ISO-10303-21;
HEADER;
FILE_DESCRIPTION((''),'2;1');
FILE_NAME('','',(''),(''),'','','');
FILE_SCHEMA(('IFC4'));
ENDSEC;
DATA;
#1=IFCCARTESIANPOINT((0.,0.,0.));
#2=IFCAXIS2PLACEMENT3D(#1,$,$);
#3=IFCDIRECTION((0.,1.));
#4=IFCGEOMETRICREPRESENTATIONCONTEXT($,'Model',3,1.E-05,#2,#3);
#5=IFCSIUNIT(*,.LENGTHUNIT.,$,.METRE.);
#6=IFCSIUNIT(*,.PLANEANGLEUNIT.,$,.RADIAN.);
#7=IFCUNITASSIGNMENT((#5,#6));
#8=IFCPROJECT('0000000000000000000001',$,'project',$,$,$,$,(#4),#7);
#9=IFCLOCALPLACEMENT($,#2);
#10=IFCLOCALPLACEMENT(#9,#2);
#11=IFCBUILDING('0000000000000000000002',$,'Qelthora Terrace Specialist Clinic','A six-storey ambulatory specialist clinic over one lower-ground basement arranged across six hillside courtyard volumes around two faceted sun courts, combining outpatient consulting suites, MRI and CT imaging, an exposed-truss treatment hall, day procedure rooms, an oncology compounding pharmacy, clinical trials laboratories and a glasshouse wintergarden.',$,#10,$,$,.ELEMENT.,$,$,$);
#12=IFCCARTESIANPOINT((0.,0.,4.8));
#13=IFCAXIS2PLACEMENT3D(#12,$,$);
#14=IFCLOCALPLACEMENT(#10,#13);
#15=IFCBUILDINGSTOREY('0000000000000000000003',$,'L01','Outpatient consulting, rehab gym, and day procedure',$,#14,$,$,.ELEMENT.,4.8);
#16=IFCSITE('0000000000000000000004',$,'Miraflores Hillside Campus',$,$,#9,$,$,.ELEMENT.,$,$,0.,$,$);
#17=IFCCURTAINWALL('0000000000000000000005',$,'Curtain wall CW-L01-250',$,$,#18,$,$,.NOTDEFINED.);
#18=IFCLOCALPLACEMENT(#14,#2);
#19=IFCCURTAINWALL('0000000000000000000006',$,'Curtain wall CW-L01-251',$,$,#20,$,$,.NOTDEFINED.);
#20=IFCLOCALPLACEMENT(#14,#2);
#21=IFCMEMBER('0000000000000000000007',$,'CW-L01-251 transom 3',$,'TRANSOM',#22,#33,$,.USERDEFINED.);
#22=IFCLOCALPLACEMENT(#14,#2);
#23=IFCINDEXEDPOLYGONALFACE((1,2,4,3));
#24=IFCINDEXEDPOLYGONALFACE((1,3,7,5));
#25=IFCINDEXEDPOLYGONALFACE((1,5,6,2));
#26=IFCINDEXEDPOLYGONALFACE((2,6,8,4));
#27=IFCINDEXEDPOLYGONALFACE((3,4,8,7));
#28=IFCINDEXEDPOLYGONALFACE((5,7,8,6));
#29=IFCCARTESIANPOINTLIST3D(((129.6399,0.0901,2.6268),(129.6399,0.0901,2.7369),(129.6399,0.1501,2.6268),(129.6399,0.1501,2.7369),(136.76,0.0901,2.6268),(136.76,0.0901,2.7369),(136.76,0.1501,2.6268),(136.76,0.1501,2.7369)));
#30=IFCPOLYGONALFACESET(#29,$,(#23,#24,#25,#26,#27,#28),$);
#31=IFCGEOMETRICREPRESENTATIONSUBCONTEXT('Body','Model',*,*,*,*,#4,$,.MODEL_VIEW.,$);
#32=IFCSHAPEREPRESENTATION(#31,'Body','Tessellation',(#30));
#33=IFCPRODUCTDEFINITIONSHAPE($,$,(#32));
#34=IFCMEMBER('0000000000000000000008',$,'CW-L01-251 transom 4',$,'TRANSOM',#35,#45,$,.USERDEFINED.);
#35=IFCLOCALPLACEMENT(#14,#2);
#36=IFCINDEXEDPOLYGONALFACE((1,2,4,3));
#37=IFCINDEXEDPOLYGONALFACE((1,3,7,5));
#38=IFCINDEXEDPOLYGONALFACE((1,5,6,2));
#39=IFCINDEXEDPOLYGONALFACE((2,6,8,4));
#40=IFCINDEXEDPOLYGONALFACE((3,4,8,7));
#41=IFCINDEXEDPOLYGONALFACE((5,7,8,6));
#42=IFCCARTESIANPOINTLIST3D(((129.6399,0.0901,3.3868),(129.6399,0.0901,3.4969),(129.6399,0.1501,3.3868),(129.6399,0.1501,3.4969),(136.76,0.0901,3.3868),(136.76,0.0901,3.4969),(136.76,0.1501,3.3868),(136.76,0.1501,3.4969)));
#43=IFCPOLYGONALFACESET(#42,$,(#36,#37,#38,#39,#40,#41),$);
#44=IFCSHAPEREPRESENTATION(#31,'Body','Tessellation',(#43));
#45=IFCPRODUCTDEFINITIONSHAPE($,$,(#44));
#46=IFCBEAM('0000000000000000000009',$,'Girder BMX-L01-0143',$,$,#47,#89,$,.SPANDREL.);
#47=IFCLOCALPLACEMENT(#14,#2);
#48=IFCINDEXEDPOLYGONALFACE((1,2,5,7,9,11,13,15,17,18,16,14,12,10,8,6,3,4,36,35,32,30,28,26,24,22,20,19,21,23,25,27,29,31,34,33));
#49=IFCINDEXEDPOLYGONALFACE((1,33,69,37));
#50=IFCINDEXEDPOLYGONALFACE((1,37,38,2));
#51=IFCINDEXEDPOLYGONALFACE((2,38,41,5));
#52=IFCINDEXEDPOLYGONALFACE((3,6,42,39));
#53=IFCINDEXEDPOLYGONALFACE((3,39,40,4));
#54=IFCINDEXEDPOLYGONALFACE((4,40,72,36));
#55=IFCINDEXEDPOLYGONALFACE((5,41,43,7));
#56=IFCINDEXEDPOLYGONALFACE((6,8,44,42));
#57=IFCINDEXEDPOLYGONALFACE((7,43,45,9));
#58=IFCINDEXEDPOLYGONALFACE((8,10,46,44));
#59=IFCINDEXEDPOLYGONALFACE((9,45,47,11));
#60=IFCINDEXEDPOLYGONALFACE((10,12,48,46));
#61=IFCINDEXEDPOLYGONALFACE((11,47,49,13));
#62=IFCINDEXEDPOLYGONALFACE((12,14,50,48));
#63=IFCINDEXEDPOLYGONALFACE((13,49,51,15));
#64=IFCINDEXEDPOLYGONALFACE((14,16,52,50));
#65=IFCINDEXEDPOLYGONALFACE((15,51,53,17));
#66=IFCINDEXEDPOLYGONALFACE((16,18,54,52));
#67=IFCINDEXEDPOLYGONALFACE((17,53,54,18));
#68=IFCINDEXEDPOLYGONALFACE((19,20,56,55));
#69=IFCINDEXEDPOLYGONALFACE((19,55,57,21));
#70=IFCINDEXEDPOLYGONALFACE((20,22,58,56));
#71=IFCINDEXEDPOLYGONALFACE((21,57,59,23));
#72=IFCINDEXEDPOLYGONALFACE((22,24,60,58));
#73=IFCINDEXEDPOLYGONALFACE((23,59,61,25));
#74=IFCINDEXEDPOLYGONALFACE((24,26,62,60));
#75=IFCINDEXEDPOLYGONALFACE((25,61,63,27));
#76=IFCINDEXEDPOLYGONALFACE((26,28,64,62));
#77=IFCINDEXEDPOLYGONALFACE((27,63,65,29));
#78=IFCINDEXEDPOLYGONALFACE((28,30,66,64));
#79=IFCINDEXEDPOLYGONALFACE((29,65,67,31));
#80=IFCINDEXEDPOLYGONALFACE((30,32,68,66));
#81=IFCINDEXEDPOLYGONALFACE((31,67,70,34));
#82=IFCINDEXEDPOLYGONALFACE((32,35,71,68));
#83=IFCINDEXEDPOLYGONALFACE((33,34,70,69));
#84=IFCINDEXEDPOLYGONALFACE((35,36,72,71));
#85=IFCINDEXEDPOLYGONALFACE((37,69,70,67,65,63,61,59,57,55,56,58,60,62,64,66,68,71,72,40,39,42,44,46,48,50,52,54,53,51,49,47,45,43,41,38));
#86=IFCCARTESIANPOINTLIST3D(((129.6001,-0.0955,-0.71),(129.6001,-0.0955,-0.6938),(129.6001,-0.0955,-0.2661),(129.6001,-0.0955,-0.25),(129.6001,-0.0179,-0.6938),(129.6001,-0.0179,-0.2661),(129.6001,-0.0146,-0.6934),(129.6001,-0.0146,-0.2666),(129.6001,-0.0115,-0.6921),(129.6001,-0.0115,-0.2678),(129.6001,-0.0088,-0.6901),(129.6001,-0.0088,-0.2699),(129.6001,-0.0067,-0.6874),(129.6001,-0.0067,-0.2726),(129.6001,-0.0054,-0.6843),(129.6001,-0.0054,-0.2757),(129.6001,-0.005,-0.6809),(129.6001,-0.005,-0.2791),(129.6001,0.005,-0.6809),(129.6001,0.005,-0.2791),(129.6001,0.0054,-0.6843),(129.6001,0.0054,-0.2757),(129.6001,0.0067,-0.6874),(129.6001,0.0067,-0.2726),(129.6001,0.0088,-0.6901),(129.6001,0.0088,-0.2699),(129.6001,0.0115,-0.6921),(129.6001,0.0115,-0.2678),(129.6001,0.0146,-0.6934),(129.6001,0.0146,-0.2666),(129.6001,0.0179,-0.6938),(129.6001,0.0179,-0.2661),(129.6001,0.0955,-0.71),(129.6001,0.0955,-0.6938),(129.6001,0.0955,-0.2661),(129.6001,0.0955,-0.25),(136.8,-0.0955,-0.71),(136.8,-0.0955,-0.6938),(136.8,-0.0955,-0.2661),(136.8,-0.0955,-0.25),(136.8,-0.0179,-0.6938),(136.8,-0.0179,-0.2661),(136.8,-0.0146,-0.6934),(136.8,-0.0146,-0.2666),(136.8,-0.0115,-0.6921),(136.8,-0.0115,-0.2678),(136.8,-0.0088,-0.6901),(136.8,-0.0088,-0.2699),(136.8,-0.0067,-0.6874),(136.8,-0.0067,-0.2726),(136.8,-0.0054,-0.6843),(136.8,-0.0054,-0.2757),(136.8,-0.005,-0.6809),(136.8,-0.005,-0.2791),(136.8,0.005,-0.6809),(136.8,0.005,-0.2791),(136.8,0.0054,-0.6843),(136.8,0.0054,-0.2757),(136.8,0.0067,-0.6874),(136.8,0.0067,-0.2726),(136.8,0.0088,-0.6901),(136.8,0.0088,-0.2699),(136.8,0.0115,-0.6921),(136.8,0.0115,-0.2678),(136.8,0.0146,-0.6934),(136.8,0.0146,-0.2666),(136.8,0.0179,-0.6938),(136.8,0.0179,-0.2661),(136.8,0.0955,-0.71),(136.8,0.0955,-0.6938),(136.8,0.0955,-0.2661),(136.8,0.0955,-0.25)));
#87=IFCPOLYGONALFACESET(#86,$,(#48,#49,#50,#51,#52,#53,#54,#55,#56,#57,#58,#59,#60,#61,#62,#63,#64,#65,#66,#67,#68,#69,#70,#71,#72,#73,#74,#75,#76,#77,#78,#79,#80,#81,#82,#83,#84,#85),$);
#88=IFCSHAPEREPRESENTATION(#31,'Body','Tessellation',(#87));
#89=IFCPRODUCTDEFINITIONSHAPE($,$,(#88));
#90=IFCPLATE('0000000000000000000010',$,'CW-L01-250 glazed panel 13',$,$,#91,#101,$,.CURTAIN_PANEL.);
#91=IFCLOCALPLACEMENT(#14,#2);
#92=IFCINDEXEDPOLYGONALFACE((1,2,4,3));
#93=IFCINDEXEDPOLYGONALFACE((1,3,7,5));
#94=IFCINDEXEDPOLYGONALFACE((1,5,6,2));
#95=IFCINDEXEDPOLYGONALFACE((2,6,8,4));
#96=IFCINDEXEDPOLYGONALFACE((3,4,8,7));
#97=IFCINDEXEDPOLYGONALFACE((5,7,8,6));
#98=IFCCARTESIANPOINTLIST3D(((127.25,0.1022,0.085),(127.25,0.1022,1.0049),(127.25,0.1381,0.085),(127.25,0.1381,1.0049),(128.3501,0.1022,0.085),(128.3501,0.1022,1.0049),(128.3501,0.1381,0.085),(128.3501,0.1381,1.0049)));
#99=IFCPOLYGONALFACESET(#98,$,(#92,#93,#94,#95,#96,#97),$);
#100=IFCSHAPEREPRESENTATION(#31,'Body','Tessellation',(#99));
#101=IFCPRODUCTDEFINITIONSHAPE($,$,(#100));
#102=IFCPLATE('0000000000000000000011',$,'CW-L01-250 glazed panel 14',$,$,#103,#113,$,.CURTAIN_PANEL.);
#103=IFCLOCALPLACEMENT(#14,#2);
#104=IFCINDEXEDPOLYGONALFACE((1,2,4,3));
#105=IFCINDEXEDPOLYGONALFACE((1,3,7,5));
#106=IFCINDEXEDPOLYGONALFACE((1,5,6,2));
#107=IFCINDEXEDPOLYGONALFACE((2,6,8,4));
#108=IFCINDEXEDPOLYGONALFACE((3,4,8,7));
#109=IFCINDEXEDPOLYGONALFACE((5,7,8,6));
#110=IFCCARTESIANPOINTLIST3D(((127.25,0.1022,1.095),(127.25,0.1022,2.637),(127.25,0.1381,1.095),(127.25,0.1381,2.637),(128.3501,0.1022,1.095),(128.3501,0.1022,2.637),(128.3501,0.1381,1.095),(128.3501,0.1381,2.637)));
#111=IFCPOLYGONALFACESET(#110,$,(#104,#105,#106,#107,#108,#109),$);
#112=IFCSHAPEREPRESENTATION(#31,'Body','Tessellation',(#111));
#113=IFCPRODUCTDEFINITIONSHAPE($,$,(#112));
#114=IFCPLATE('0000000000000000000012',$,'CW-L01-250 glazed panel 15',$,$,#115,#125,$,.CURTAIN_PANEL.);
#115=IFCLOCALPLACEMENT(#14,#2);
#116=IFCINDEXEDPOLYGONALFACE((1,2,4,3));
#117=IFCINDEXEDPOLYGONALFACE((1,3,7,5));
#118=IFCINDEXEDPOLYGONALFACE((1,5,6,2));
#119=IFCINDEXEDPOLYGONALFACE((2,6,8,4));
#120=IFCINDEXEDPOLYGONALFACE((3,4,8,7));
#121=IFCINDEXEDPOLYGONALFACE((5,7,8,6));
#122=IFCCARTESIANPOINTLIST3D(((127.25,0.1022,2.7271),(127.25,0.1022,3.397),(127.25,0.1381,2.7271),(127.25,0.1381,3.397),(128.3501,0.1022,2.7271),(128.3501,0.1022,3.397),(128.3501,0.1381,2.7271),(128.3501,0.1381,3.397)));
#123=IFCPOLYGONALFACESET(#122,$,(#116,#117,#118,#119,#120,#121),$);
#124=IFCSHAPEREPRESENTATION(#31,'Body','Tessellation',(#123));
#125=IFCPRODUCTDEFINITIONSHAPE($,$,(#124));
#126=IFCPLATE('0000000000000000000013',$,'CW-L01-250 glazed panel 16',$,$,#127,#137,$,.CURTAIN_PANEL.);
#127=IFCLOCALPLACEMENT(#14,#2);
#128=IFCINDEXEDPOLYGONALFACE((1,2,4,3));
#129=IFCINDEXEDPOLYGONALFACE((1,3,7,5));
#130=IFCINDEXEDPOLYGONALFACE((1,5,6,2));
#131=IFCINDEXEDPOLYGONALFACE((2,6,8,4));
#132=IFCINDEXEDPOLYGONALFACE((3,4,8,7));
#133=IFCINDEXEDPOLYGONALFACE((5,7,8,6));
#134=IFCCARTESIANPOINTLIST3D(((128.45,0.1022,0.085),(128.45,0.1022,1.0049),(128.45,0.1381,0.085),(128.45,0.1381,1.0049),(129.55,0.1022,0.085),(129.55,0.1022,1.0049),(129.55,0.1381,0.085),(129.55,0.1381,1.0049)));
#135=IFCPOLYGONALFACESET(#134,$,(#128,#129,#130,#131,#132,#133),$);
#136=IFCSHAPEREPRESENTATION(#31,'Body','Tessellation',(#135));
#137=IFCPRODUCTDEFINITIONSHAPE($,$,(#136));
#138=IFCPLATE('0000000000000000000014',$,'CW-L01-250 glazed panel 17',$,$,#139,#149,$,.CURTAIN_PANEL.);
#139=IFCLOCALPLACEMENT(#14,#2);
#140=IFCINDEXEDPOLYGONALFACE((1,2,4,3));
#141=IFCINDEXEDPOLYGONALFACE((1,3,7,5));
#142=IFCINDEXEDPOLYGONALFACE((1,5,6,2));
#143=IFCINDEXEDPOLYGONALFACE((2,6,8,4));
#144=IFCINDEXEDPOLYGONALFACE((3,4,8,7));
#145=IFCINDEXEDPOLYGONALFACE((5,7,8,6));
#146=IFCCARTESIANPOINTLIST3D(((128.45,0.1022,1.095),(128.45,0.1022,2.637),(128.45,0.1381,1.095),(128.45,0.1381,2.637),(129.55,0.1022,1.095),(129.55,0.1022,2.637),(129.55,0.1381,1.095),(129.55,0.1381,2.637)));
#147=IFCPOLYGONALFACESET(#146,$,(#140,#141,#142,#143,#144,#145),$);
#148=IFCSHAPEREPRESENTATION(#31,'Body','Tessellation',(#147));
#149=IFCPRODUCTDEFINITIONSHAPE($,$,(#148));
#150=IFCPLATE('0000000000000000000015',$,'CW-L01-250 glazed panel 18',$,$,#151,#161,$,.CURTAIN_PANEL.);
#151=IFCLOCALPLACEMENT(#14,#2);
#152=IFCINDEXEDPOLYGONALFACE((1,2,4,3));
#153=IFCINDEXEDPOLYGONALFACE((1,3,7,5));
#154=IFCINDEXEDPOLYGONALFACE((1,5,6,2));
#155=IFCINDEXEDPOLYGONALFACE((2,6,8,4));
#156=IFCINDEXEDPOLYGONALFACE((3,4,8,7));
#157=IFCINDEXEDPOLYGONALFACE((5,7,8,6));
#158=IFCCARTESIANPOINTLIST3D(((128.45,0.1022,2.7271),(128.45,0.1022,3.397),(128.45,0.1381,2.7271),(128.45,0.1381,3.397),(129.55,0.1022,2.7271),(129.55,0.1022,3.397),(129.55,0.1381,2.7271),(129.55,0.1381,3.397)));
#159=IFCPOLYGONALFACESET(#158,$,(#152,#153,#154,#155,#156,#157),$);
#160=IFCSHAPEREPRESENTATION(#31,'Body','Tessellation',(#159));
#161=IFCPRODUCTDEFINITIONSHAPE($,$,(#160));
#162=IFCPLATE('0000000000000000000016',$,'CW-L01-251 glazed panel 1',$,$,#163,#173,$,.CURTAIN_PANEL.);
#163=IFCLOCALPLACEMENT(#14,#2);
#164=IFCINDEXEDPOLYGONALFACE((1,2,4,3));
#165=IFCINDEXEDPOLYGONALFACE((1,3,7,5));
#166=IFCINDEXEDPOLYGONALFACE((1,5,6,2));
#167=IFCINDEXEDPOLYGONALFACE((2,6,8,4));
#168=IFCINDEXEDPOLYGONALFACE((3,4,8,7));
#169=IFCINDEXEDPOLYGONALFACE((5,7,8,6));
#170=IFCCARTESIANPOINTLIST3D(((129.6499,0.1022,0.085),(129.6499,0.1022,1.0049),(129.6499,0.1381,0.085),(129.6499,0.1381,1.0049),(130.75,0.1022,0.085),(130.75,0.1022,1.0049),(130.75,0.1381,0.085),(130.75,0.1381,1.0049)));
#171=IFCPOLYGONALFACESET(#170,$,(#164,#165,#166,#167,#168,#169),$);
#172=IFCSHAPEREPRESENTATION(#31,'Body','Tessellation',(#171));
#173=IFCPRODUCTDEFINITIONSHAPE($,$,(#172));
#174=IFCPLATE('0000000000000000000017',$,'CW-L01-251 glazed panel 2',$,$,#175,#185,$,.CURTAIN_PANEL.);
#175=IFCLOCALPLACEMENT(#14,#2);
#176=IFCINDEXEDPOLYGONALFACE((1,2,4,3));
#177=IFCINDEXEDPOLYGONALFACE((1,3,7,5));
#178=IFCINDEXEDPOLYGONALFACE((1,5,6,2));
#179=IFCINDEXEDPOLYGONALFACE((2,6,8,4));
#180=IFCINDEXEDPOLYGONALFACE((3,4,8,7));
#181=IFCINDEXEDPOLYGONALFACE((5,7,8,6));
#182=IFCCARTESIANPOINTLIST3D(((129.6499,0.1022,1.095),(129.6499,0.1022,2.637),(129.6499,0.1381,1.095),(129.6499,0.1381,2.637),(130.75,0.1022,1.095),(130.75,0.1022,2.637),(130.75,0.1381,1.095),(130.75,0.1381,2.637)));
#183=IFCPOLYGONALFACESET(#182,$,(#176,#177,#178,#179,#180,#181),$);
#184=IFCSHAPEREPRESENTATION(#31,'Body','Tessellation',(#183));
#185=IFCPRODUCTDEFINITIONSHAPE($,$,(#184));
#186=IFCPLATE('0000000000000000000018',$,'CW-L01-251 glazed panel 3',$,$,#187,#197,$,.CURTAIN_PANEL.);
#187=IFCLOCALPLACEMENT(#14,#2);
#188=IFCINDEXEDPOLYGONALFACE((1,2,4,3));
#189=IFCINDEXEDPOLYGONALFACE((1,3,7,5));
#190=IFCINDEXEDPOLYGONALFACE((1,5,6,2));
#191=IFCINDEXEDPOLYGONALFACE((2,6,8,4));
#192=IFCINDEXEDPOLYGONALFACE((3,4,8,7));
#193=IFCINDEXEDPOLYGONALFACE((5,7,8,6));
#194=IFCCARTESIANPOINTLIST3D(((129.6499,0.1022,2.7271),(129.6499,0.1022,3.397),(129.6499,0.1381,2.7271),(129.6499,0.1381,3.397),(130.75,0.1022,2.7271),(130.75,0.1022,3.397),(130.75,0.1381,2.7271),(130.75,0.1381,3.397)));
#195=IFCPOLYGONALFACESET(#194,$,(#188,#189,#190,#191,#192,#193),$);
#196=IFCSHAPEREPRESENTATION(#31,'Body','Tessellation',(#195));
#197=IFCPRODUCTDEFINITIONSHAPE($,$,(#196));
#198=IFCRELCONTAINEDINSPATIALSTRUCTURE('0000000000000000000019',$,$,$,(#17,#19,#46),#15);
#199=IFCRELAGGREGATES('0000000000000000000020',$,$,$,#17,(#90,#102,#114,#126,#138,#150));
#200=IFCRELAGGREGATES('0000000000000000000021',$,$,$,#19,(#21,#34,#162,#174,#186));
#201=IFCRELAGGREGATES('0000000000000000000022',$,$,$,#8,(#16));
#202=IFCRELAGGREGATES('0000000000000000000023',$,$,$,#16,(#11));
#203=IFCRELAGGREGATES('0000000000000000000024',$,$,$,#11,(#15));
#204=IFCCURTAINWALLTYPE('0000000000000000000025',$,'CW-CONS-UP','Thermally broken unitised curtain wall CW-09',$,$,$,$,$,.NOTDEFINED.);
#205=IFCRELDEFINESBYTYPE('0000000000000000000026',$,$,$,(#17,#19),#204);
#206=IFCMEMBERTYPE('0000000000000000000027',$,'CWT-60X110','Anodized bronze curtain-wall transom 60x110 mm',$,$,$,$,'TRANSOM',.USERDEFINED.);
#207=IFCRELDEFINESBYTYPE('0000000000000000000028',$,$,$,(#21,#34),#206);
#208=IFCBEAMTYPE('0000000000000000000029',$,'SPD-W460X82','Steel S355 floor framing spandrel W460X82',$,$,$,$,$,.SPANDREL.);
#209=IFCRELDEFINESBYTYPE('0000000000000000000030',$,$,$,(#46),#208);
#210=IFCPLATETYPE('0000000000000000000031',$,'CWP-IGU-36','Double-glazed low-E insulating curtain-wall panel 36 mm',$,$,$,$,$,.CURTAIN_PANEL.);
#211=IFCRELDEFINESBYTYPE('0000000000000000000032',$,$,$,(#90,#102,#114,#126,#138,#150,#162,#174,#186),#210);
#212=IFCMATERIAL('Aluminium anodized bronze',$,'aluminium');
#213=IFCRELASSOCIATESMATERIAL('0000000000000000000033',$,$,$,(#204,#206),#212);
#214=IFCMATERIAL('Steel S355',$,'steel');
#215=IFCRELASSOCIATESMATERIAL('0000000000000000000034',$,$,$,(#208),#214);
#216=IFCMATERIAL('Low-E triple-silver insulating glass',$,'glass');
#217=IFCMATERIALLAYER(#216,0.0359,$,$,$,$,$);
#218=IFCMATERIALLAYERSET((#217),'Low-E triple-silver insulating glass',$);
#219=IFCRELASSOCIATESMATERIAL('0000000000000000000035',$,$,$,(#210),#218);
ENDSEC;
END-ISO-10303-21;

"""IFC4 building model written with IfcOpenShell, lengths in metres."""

from ifc_helpers import new_model, si_unit, direction, frame, origin, origin_2d, place, context, subcontext, project, spatial, rectangle, i_section, extrude, material, layer, layer_set, material_profile, profile_set, type_object, element, aggregate, save


model = new_model("IFC4")

# Units and contexts
model_context = context("Model", 3, precision=1e-05, world=origin(), true_north=direction((0.0, 1.0)))
body_context = subcontext(model_context, "Body", "Model", "MODEL_VIEW")
ifc_project = project(units=[si_unit("LENGTHUNIT", "METRE"), si_unit("PLANEANGLEUNIT", "RADIAN")], contexts=[model_context])

# Site, building, storey
site_placement = place(None, origin())
site = spatial("IfcSite", under=ifc_project, at=site_placement, Name="Miraflores Hillside Campus", CompositionType="ELEMENT", RefElevation=0.0)
building_placement = place(site_placement, origin())
building = spatial("IfcBuilding", under=site, at=building_placement, Name="Qelthora Terrace Specialist Clinic", Description="A six-storey ambulatory specialist clinic over one lower-ground basement arranged across six hillside courtyard volumes around two faceted sun courts, combining outpatient consulting suites, MRI and CT imaging, an exposed-truss treatment hall, day procedure rooms, an oncology compounding pharmacy, clinical trials laboratories and a glasshouse wintergarden.", CompositionType="ELEMENT")
storey_placement = place(building_placement, frame((0.0, 0.0, 4.8)))
storey = spatial("IfcBuildingStorey", under=building, at=storey_placement, Name="L01", Description="Outpatient consulting, rehab gym, and day procedure", CompositionType="ELEMENT", Elevation=4.8)

# Shared definitions
ifc_material_1 = material(Name="Steel S355", Category="steel")

# Curtain walls, members
ifc_material_2 = material(Name="Aluminium anodized bronze", Category="aluminium")
curtain_wall_type = type_object("IfcCurtainWallType", Name="CW-CONS-UP", Description="Thermally broken unitised curtain wall CW-09", PredefinedType="NOTDEFINED", material=ifc_material_2)
curtain_wall_1_placement = place(storey_placement, origin())
curtain_wall_1 = element("IfcCurtainWall", 1, at=curtain_wall_1_placement, inside=storey, type_object=curtain_wall_type, Name="Curtain wall CW-L01-250", PredefinedType="NOTDEFINED")
curtain_wall_2_placement = place(storey_placement, origin())
curtain_wall_2 = element("IfcCurtainWall", 2, at=curtain_wall_2_placement, inside=storey, type_object=curtain_wall_type, Name="Curtain wall CW-L01-251", PredefinedType="NOTDEFINED")
ifc_material_profile_1 = material_profile(ifc_material_2, rectangle(XDim=0.0601, YDim=0.1101, at=origin_2d()), Name="CWT60X110")
ifc_profile_set_1 = profile_set([ifc_material_profile_1], Name="Aluminium anodized bronze")
member_type_1 = type_object("IfcMemberType", Name="CWT-60X110", Description="Anodized bronze curtain-wall transom 60x110 mm", ElementType="TRANSOM", PredefinedType="USERDEFINED", material=ifc_profile_set_1)
member_1_placement = place(storey_placement, frame((129.6399, 0.1201, 2.6819), z_axis=(1.0, 0.0, 0.0), x_axis=(0.0, 1.0, 0.0)))
member_1 = element("IfcMember", 3, at=member_1_placement, type_object=member_type_1, Name="CW-L01-251 transom 3", ObjectType="TRANSOM", PredefinedType="USERDEFINED", context=body_context, shape_type="SweptSolid", body=[
    extrude(rectangle(XDim=0.0601, YDim=0.1101, at=origin_2d()), origin(), (0.0, 0.0, 1.0), 7.1201),
])
member_2_placement = place(storey_placement, frame((129.6399, 0.1201, 3.4419), z_axis=(1.0, 0.0, 0.0), x_axis=(0.0, 1.0, 0.0)))
member_2 = element("IfcMember", 4, at=member_2_placement, type_object=member_type_1, Name="CW-L01-251 transom 4", ObjectType="TRANSOM", PredefinedType="USERDEFINED", context=body_context, shape_type="SweptSolid", body=[
    extrude(rectangle(XDim=0.0601, YDim=0.1101, at=origin_2d()), origin(), (0.0, 0.0, 1.0), 7.1201),
])

# Beam
ifc_material_profile_2 = material_profile(ifc_material_1, i_section(OverallWidth=0.1909, OverallDepth=0.46, WebThickness=0.01, FlangeThickness=0.0161, FilletRadius=0.0129, at=origin_2d()), Name="W460X82")
ifc_profile_set_2 = profile_set([ifc_material_profile_2], Name="Steel S355")
beam_type_1 = type_object("IfcBeamType", Name="SPD-W460X82", Description="Steel S355 floor framing spandrel W460X82", PredefinedType="SPANDREL", material=ifc_profile_set_2)
beam_1_placement = place(storey_placement, frame((129.6001, 0.0, -0.48), z_axis=(1.0, 0.0, 0.0), x_axis=(0.0, 1.0, 0.0)))
element("IfcBeam", 5, at=beam_1_placement, inside=storey, type_object=beam_type_1, Name="Girder BMX-L01-0143", PredefinedType="SPANDREL", context=body_context, shape_type="SweptSolid", body=[
    extrude(i_section(OverallWidth=0.1909, OverallDepth=0.46, WebThickness=0.01, FlangeThickness=0.0161, FilletRadius=0.0129, at=origin_2d()), origin(), (0.0, 0.0, 1.0), 7.2),
])

# Plates
ifc_material_3 = material(Name="Low-E triple-silver insulating glass", Category="glass")
ifc_layer = layer(ifc_material_3, 0.0359)
ifc_layer_set = layer_set([ifc_layer], Name="Low-E triple-silver insulating glass")
plate_type = type_object("IfcPlateType", Name="CWP-IGU-36", Description="Double-glazed low-E insulating curtain-wall panel 36 mm", PredefinedType="CURTAIN_PANEL", material=ifc_layer_set)
plate_1_placement = place(storey_placement, frame((127.8, 0.1201, 0.085), z_axis=(0.0, 0.0, 1.0), x_axis=(1.0, 0.0, 0.0)))
plate_1 = element("IfcPlate", 6, at=plate_1_placement, type_object=plate_type, Name="CW-L01-250 glazed panel 13", PredefinedType="CURTAIN_PANEL", context=body_context, shape_type="SweptSolid", body=[
    extrude(rectangle(XDim=1.1001, YDim=0.0359, at=origin_2d()), origin(), (0.0, 0.0, 1.0), 0.9199),
])
plate_2_placement = place(storey_placement, frame((127.8, 0.1201, 1.095), z_axis=(0.0, 0.0, 1.0), x_axis=(1.0, 0.0, 0.0)))
plate_2 = element("IfcPlate", 7, at=plate_2_placement, type_object=plate_type, Name="CW-L01-250 glazed panel 14", PredefinedType="CURTAIN_PANEL", context=body_context, shape_type="SweptSolid", body=[
    extrude(rectangle(XDim=1.1001, YDim=0.0359, at=origin_2d()), origin(), (0.0, 0.0, 1.0), 1.542),
])
plate_3_placement = place(storey_placement, frame((127.8, 0.1201, 2.7271), z_axis=(0.0, 0.0, 1.0), x_axis=(1.0, 0.0, 0.0)))
plate_3 = element("IfcPlate", 8, at=plate_3_placement, type_object=plate_type, Name="CW-L01-250 glazed panel 15", PredefinedType="CURTAIN_PANEL", context=body_context, shape_type="SweptSolid", body=[
    extrude(rectangle(XDim=1.1001, YDim=0.0359, at=origin_2d()), origin(), (0.0, 0.0, 1.0), 0.6699),
])
plate_4_placement = place(storey_placement, frame((129.0, 0.1201, 0.085), z_axis=(0.0, 0.0, 1.0), x_axis=(1.0, 0.0, 0.0)))
plate_4 = element("IfcPlate", 9, at=plate_4_placement, type_object=plate_type, Name="CW-L01-250 glazed panel 16", PredefinedType="CURTAIN_PANEL", context=body_context, shape_type="SweptSolid", body=[
    extrude(rectangle(XDim=1.1001, YDim=0.0359, at=origin_2d()), origin(), (0.0, 0.0, 1.0), 0.9199),
])
plate_5_placement = place(storey_placement, frame((129.0, 0.1201, 1.095), z_axis=(0.0, 0.0, 1.0), x_axis=(1.0, 0.0, 0.0)))
plate_5 = element("IfcPlate", 10, at=plate_5_placement, type_object=plate_type, Name="CW-L01-250 glazed panel 17", PredefinedType="CURTAIN_PANEL", context=body_context, shape_type="SweptSolid", body=[
    extrude(rectangle(XDim=1.1001, YDim=0.0359, at=origin_2d()), origin(), (0.0, 0.0, 1.0), 1.542),
])
plate_6_placement = place(storey_placement, frame((129.0, 0.1201, 2.7271), z_axis=(0.0, 0.0, 1.0), x_axis=(1.0, 0.0, 0.0)))
plate_6 = element("IfcPlate", 11, at=plate_6_placement, type_object=plate_type, Name="CW-L01-250 glazed panel 18", PredefinedType="CURTAIN_PANEL", context=body_context, shape_type="SweptSolid", body=[
    extrude(rectangle(XDim=1.1001, YDim=0.0359, at=origin_2d()), origin(), (0.0, 0.0, 1.0), 0.6699),
])
aggregate(curtain_wall_1, [plate_1, plate_2, plate_3, plate_4, plate_5, plate_6])
plate_7_placement = place(storey_placement, frame((130.2, 0.1201, 0.085), z_axis=(0.0, 0.0, 1.0), x_axis=(1.0, 0.0, 0.0)))
plate_7 = element("IfcPlate", 12, at=plate_7_placement, type_object=plate_type, Name="CW-L01-251 glazed panel 1", PredefinedType="CURTAIN_PANEL", context=body_context, shape_type="SweptSolid", body=[
    extrude(rectangle(XDim=1.1001, YDim=0.0359, at=origin_2d()), origin(), (0.0, 0.0, 1.0), 0.9199),
])
plate_8_placement = place(storey_placement, frame((130.2, 0.1201, 1.095), z_axis=(0.0, 0.0, 1.0), x_axis=(1.0, 0.0, 0.0)))
plate_8 = element("IfcPlate", 13, at=plate_8_placement, type_object=plate_type, Name="CW-L01-251 glazed panel 2", PredefinedType="CURTAIN_PANEL", context=body_context, shape_type="SweptSolid", body=[
    extrude(rectangle(XDim=1.1001, YDim=0.0359, at=origin_2d()), origin(), (0.0, 0.0, 1.0), 1.542),
])
plate_9_placement = place(storey_placement, frame((130.2, 0.1201, 2.7271), z_axis=(0.0, 0.0, 1.0), x_axis=(1.0, 0.0, 0.0)))
plate_9 = element("IfcPlate", 14, at=plate_9_placement, type_object=plate_type, Name="CW-L01-251 glazed panel 3", PredefinedType="CURTAIN_PANEL", context=body_context, shape_type="SweptSolid", body=[
    extrude(rectangle(XDim=1.1001, YDim=0.0359, at=origin_2d()), origin(), (0.0, 0.0, 1.0), 0.6699),
])
aggregate(curtain_wall_2, [member_1, member_2, plate_7, plate_8, plate_9])

save(model, "model.ifc")
